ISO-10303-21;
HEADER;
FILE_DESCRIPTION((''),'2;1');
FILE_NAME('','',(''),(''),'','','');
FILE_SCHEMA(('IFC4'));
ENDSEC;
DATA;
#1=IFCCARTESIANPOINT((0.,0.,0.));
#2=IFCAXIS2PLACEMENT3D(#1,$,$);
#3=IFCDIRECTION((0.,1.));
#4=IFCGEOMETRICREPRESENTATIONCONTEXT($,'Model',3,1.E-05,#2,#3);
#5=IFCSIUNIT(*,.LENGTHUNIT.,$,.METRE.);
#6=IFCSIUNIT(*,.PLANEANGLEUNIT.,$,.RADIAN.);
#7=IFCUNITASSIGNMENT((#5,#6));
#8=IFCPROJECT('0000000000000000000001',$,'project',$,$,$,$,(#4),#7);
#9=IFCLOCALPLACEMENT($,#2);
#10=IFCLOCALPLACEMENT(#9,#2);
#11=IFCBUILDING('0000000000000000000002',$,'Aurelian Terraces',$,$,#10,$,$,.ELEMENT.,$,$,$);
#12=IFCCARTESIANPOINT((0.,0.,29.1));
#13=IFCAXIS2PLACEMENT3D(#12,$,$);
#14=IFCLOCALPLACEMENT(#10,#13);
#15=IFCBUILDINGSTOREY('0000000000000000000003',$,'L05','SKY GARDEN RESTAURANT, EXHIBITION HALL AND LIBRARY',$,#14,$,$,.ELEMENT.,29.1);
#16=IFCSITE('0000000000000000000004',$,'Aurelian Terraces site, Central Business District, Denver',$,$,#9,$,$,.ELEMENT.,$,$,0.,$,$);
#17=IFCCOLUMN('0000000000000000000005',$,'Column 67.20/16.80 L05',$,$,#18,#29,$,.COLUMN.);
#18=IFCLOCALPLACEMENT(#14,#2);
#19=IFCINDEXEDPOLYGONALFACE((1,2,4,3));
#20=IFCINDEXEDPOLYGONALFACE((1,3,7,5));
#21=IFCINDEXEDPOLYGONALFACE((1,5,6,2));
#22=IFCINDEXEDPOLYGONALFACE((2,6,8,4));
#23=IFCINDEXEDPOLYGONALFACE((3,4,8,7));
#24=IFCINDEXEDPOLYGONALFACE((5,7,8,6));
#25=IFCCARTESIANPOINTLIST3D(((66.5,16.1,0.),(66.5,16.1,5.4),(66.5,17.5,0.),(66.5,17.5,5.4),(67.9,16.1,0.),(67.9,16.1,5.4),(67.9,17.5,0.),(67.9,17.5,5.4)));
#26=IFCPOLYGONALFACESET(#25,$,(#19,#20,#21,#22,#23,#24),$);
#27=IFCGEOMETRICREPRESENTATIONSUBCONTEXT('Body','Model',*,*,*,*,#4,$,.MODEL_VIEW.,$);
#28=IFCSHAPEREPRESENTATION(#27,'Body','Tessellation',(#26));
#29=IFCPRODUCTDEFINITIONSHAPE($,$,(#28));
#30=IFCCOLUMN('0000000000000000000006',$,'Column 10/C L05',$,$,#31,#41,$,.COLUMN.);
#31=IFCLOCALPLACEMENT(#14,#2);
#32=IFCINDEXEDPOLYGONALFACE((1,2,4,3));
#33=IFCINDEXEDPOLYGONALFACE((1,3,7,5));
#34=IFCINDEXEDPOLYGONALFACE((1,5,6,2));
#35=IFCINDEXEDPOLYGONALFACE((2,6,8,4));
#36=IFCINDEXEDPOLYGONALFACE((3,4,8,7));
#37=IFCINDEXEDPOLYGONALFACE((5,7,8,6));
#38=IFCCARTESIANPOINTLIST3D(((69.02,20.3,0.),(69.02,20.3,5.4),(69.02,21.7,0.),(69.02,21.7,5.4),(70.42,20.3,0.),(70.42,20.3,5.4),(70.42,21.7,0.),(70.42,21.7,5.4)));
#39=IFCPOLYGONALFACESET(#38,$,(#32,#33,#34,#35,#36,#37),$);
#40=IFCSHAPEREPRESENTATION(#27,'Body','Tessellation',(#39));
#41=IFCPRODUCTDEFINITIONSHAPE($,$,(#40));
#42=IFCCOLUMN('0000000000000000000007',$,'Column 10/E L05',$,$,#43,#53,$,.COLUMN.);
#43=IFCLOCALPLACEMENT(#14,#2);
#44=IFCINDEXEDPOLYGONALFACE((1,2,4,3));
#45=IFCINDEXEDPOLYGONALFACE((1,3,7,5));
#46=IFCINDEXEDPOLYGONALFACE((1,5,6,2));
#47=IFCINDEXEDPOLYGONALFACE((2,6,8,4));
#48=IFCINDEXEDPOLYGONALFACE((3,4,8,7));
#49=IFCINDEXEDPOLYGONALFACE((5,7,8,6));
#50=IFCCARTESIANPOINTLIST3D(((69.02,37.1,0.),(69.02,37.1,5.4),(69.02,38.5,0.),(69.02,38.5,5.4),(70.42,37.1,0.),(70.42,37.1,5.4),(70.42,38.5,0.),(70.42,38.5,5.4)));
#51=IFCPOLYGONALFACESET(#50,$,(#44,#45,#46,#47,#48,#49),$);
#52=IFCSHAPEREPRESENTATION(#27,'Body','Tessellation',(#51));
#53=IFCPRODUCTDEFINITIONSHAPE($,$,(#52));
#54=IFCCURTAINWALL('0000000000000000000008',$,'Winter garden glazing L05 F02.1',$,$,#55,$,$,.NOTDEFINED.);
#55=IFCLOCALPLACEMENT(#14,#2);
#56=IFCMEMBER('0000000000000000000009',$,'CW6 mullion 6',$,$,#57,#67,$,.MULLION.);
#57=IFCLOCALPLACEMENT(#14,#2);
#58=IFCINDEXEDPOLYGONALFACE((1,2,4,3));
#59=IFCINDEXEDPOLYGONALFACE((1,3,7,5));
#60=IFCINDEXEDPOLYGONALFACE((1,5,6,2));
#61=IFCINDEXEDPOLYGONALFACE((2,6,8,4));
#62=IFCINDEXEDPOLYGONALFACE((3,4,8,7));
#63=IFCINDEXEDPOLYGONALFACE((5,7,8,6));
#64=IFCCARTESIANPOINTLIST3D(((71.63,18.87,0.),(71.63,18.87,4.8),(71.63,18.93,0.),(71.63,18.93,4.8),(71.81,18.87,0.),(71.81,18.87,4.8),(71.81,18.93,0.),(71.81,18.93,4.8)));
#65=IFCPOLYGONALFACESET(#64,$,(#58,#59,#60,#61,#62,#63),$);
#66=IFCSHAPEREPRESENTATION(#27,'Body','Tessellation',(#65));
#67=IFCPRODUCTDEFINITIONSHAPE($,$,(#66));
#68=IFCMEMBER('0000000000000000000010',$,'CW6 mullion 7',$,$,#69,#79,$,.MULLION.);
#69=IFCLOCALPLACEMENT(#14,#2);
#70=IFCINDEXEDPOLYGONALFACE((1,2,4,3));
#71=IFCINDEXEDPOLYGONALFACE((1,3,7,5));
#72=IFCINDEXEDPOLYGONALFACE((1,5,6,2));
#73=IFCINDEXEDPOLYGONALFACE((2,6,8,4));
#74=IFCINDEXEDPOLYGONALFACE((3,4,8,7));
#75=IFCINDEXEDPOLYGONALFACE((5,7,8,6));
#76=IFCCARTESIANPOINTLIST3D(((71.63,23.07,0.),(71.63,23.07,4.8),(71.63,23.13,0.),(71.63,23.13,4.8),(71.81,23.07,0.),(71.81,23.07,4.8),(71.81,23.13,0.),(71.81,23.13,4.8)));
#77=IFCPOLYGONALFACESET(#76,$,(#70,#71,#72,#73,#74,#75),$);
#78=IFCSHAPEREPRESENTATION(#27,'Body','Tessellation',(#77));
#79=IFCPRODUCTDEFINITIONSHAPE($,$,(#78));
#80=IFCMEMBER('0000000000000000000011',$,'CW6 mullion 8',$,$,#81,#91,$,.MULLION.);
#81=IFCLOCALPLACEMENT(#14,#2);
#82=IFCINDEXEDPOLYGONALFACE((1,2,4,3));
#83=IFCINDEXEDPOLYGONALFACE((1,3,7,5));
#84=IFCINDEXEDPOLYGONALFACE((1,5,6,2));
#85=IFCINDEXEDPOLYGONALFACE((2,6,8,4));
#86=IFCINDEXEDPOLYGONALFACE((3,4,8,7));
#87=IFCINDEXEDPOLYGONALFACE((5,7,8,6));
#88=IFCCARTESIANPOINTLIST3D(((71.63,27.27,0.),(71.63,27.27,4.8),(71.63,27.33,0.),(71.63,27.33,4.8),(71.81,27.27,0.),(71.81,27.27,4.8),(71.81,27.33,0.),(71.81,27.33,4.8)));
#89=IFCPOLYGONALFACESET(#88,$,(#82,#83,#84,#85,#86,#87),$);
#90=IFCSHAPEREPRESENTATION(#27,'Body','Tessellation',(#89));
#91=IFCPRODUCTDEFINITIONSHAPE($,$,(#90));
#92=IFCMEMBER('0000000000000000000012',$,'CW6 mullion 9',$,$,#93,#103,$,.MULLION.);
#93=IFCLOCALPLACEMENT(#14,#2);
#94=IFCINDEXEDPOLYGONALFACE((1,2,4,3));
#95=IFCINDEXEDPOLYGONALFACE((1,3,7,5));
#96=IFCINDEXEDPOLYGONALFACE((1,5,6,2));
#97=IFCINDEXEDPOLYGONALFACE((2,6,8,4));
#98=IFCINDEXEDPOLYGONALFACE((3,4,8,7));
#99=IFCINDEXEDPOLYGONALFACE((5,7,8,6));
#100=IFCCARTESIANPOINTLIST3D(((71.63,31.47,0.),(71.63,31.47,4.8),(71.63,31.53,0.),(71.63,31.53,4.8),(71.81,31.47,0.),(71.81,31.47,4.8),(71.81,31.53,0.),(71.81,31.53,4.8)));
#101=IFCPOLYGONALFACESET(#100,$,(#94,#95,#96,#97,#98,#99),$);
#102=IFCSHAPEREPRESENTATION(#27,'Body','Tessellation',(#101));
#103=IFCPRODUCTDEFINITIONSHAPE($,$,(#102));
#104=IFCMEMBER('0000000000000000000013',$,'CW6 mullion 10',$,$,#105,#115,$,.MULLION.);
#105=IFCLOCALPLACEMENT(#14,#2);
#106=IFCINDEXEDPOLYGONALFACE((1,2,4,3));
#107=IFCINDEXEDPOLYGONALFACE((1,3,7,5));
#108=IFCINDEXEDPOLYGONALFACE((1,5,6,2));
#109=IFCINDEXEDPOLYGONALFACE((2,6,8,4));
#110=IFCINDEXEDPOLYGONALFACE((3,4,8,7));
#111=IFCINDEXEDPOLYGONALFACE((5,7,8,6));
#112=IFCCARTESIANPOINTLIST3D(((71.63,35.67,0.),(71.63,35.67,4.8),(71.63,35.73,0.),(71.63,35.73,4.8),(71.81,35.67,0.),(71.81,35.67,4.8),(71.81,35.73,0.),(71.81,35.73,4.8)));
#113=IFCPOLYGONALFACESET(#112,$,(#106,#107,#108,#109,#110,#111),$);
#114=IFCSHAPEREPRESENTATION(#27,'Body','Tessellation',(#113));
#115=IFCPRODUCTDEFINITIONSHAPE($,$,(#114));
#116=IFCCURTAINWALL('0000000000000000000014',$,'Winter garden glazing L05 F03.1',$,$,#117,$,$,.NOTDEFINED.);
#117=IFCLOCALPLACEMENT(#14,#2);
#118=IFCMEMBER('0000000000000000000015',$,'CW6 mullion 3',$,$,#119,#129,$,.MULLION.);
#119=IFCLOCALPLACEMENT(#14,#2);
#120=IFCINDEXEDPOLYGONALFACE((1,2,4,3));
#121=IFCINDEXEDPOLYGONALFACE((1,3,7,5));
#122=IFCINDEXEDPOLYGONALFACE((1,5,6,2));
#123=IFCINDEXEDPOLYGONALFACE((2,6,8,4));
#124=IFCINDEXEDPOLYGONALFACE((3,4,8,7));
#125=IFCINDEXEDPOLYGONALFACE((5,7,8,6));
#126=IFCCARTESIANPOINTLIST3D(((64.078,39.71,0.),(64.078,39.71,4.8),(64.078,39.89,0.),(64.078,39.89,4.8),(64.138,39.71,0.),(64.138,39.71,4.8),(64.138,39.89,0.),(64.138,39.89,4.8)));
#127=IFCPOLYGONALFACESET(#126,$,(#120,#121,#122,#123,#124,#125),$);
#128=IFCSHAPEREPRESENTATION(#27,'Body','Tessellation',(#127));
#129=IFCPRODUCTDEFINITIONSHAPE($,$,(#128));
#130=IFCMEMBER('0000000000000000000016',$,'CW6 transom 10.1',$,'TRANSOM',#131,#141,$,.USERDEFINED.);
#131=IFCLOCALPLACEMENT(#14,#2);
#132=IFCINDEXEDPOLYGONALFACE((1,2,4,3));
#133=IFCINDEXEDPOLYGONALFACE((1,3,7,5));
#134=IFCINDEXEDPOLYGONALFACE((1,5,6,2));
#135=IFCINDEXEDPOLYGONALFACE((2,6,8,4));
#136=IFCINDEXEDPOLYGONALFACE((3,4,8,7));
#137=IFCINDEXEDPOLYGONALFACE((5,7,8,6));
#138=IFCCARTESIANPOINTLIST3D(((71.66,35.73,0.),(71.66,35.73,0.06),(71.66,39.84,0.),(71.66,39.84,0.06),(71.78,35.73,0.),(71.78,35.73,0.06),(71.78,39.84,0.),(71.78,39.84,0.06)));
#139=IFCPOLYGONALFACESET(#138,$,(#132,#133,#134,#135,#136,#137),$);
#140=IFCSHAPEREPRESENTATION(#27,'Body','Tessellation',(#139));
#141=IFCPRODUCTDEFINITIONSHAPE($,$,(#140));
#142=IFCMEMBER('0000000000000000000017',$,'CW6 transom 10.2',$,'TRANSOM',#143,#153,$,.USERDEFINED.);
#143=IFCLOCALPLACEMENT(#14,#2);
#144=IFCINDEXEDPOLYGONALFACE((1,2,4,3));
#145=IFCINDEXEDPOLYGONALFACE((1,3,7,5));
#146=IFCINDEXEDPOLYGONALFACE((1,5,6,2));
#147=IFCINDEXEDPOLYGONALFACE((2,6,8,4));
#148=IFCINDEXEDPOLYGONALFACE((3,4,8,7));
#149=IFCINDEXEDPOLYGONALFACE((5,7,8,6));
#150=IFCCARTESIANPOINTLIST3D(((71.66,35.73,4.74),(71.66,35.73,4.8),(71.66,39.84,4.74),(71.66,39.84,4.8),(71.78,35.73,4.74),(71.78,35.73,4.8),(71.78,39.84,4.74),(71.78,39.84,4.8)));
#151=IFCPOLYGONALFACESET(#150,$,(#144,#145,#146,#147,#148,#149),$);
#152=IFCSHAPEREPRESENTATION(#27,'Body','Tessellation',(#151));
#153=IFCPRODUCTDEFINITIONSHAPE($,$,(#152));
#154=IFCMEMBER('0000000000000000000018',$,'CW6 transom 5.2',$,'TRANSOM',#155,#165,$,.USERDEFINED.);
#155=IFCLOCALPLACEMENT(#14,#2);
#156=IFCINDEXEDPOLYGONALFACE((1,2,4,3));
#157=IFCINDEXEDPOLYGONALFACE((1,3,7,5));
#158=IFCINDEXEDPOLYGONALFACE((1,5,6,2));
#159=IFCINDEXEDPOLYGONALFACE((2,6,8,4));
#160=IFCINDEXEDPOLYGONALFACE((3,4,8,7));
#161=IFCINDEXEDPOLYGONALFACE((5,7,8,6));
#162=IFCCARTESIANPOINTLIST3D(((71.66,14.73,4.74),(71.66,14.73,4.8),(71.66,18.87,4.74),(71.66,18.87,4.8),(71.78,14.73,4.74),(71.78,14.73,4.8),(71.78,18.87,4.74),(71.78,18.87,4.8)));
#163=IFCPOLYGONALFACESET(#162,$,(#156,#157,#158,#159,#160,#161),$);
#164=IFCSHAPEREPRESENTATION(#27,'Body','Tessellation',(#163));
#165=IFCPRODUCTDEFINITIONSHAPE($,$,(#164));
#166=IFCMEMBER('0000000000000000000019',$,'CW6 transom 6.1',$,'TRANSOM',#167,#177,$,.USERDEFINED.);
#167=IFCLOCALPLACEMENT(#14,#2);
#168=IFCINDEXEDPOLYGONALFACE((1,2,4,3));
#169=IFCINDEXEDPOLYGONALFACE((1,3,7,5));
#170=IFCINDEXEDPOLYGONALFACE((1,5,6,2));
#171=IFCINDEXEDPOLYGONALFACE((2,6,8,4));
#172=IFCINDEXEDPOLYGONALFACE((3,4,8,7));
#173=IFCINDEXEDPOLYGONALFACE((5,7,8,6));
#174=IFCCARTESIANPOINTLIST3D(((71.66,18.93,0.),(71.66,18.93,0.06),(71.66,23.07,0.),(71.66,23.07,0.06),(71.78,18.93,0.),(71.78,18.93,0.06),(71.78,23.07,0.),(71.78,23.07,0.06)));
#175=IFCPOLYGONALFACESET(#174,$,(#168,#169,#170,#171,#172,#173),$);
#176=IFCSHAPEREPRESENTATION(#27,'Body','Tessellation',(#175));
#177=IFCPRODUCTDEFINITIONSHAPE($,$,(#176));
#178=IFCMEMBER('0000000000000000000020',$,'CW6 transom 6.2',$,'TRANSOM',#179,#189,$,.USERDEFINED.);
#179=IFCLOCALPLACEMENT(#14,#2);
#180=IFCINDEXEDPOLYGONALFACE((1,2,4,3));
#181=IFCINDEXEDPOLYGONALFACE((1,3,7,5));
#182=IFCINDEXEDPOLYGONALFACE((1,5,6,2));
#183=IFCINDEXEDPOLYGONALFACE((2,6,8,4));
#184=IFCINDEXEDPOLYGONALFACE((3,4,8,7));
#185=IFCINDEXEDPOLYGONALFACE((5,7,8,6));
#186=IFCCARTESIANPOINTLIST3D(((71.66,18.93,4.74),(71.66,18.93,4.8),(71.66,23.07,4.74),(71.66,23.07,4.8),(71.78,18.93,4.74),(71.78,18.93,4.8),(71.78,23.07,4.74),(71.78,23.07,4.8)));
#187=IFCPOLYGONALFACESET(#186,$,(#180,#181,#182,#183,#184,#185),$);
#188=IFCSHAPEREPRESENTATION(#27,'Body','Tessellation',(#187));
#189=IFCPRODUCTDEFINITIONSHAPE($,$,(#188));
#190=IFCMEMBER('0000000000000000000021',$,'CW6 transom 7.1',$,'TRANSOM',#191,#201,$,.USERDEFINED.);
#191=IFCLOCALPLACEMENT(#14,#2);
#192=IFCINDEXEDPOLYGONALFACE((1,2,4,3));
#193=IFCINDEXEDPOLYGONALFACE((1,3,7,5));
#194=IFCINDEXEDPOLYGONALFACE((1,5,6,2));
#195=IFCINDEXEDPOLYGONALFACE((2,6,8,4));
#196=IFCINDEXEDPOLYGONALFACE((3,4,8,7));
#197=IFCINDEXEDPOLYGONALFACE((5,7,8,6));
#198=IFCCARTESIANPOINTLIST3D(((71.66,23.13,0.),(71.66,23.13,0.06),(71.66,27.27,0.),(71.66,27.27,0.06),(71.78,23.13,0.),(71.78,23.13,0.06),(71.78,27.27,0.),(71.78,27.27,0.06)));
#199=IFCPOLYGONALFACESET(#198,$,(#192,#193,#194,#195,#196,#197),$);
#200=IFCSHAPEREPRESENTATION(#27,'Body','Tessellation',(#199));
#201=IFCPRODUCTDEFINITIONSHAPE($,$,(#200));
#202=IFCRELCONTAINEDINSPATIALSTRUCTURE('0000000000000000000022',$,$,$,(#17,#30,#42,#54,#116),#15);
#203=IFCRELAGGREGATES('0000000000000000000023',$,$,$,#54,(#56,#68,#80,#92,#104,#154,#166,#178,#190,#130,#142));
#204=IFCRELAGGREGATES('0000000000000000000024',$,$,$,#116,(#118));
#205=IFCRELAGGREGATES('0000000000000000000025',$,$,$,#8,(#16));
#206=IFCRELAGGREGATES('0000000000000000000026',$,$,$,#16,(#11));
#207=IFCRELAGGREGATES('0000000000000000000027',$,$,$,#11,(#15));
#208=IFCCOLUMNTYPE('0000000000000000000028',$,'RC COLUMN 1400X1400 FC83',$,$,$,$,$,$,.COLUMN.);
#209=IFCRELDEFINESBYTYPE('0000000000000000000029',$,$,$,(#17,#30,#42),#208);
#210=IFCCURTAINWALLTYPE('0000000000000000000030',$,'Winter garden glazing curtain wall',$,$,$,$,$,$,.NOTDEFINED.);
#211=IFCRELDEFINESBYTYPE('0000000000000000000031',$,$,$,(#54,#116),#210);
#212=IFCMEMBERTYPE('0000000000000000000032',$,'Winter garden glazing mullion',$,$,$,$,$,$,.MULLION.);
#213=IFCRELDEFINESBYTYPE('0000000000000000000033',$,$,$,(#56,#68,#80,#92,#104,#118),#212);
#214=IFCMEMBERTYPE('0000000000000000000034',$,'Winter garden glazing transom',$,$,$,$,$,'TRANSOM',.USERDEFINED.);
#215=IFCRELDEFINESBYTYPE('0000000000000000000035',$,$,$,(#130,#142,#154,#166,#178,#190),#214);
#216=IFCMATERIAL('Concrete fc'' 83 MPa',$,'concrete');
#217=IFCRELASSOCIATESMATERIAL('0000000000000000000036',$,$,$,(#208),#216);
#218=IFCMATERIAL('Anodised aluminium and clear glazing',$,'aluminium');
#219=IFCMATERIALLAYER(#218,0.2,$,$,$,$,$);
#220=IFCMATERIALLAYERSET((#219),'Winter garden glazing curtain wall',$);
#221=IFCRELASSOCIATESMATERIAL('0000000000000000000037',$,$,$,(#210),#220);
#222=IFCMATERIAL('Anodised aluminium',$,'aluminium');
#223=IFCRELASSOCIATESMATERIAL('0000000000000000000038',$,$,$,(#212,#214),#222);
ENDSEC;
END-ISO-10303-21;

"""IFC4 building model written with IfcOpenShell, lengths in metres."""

from ifc_helpers import new_model, si_unit, direction, frame, origin, origin_2d, place, context, subcontext, project, spatial, rectangle, extrude, source, transform, mapped, material, layer, layer_set, material_profile, profile_set, type_object, element, aggregate, save


model = new_model("IFC4")

# Units and contexts
model_context = context("Model", 3, precision=1e-05, world=origin(), true_north=direction((0.0, 1.0)))
body_context = subcontext(model_context, "Body", "Model", "MODEL_VIEW")
ifc_project = project(units=[si_unit("LENGTHUNIT", "METRE"), si_unit("PLANEANGLEUNIT", "RADIAN")], contexts=[model_context])

# Site, building, storey
site_placement = place(None, origin())
site = spatial("IfcSite", under=ifc_project, at=site_placement, Name="Aurelian Terraces site, Central Business District, Denver", CompositionType="ELEMENT", RefElevation=0.0)
building_placement = place(site_placement, origin())
building = spatial("IfcBuilding", under=site, at=building_placement, Name="Aurelian Terraces", CompositionType="ELEMENT")
storey_placement = place(building_placement, frame((0.0, 0.0, 29.1)))
storey = spatial("IfcBuildingStorey", under=building, at=storey_placement, Name="L05", Description="SKY GARDEN RESTAURANT, EXHIBITION HALL AND LIBRARY", CompositionType="ELEMENT", Elevation=29.1)

# Columns
ifc_material_1 = material(Name="Concrete fc' 83 MPa", Category="concrete")
ifc_material_profile_1 = material_profile(ifc_material_1, rectangle(XDim=1.4, YDim=1.4, at=origin_2d()))
ifc_profile_set_1 = profile_set([ifc_material_profile_1], Name="Concrete fc' 83 MPa")
column_type = type_object("IfcColumnType", Name="RC COLUMN 1400X1400 FC83", PredefinedType="COLUMN", material=ifc_profile_set_1)
shared_shape_1 = source(origin(), body_context, "Body", "SweptSolid", [
    extrude(rectangle(XDim=1.4, YDim=1.4, at=origin_2d()), origin(), (0.0, 0.0, 1.0), 5.4),
])
for number, where, z_axis, x_axis, name in (
    (1, (67.2, 16.8, 0.0), (0.0, 0.0, 1.0), (1.0, 0.0, 0.0), "Column 67.20/16.80 L05"),
    (2, (69.72, 21.0, 0.0), (0.0, 0.0, 1.0), (1.0, 0.0, 0.0), "Column 10/C L05"),
    (3, (69.72, 37.8, 0.0), (0.0, 0.0, 1.0), (1.0, 0.0, 0.0), "Column 10/E L05"),
):
    element("IfcColumn", number, at=place(storey_placement, frame(where, z_axis=z_axis, x_axis=x_axis)), inside=storey, type_object=column_type, Name=name, PredefinedType="COLUMN", context=body_context, shape_type="MappedRepresentation", body=[
        mapped(shared_shape_1, transform((0.0, 0.0, 0.0), scale=1.0)),
    ])

# Curtain wall, members
ifc_material_2 = material(Name="Anodised aluminium and clear glazing", Category="aluminium")
ifc_layer_1 = layer(ifc_material_2, 0.2)
ifc_layer_set_1 = layer_set([ifc_layer_1], Name="Winter garden glazing curtain wall")
curtain_wall_type = type_object("IfcCurtainWallType", Name="Winter garden glazing curtain wall", PredefinedType="NOTDEFINED", material=ifc_layer_set_1)
curtain_wall_1_placement = place(storey_placement, origin())
curtain_wall_1 = element("IfcCurtainWall", 4, at=curtain_wall_1_placement, inside=storey, type_object=curtain_wall_type, Name="Winter garden glazing L05 F02.1", PredefinedType="NOTDEFINED")
ifc_material_3 = material(Name="Anodised aluminium", Category="aluminium")
ifc_material_profile_2 = material_profile(ifc_material_3, rectangle(XDim=0.18, YDim=0.06, at=origin_2d()))
ifc_profile_set_2 = profile_set([ifc_material_profile_2], Name="Anodised aluminium")
member_type_1 = type_object("IfcMemberType", Name="Winter garden glazing mullion", PredefinedType="MULLION", material=ifc_profile_set_2)
shared_shape_2 = source(origin(), body_context, "Body", "SweptSolid", [
    extrude(rectangle(XDim=0.18, YDim=0.06, at=origin_2d()), origin(), (0.0, 0.0, 1.0), 4.8),
])
member_1_placement = place(storey_placement, frame((71.72, 18.9, 0.0), z_axis=(0.0, 0.0, 1.0), x_axis=(-1.0, 0.0, 0.0)))
member_1 = element("IfcMember", 5, at=member_1_placement, type_object=member_type_1, Name="CW6 mullion 6", PredefinedType="MULLION", context=body_context, shape_type="MappedRepresentation", body=[
    mapped(shared_shape_2, transform((0.0, 0.0, 0.0), scale=1.0)),
])
member_2_placement = place(storey_placement, frame((71.72, 23.1, 0.0), z_axis=(0.0, 0.0, 1.0), x_axis=(-1.0, 0.0, 0.0)))
member_2 = element("IfcMember", 6, at=member_2_placement, type_object=member_type_1, Name="CW6 mullion 7", PredefinedType="MULLION", context=body_context, shape_type="MappedRepresentation", body=[
    mapped(shared_shape_2, transform((0.0, 0.0, 0.0), scale=1.0)),
])
member_3_placement = place(storey_placement, frame((71.72, 27.3, 0.0), z_axis=(0.0, 0.0, 1.0), x_axis=(-1.0, 0.0, 0.0)))
member_3 = element("IfcMember", 7, at=member_3_placement, type_object=member_type_1, Name="CW6 mullion 8", PredefinedType="MULLION", context=body_context, shape_type="MappedRepresentation", body=[
    mapped(shared_shape_2, transform((0.0, 0.0, 0.0), scale=1.0)),
])
member_4_placement = place(storey_placement, frame((71.72, 31.5, 0.0), z_axis=(0.0, 0.0, 1.0), x_axis=(-1.0, 0.0, 0.0)))
member_4 = element("IfcMember", 8, at=member_4_placement, type_object=member_type_1, Name="CW6 mullion 9", PredefinedType="MULLION", context=body_context, shape_type="MappedRepresentation", body=[
    mapped(shared_shape_2, transform((0.0, 0.0, 0.0), scale=1.0)),
])
member_5_placement = place(storey_placement, frame((71.72, 35.7, 0.0), z_axis=(0.0, 0.0, 1.0), x_axis=(-1.0, 0.0, 0.0)))
member_5 = element("IfcMember", 9, at=member_5_placement, type_object=member_type_1, Name="CW6 mullion 10", PredefinedType="MULLION", context=body_context, shape_type="MappedRepresentation", body=[
    mapped(shared_shape_2, transform((0.0, 0.0, 0.0), scale=1.0)),
])

# Curtain wall, member
curtain_wall_2_placement = place(storey_placement, origin())
curtain_wall_2 = element("IfcCurtainWall", 10, at=curtain_wall_2_placement, inside=storey, type_object=curtain_wall_type, Name="Winter garden glazing L05 F03.1", PredefinedType="NOTDEFINED")
member_6_placement = place(storey_placement, frame((64.108, 39.8, 0.0), z_axis=(0.0, 0.0, 1.0), x_axis=(0.0, -1.0, 0.0)))
member_6 = element("IfcMember", 11, at=member_6_placement, type_object=member_type_1, Name="CW6 mullion 3", PredefinedType="MULLION", context=body_context, shape_type="MappedRepresentation", body=[
    mapped(shared_shape_2, transform((0.0, 0.0, 0.0), scale=1.0)),
])

# Members
ifc_material_profile_3 = material_profile(ifc_material_3, rectangle(XDim=0.12, YDim=0.06, at=origin_2d()))
ifc_profile_set_3 = profile_set([ifc_material_profile_3], Name="Anodised aluminium")
member_type_2 = type_object("IfcMemberType", Name="Winter garden glazing transom", ElementType="TRANSOM", PredefinedType="USERDEFINED", material=ifc_profile_set_3)
shared_shape_3 = source(origin(), body_context, "Body", "SweptSolid", [
    extrude(rectangle(XDim=0.12, YDim=0.06, at=origin_2d()), origin(), (0.0, 0.0, 1.0), 4.11),
])
member_7_placement = place(storey_placement, frame((71.72, 35.73, 0.03), z_axis=(0.0, 1.0, 0.0), x_axis=(-1.0, 0.0, 0.0)))
member_7 = element("IfcMember", 12, at=member_7_placement, type_object=member_type_2, Name="CW6 transom 10.1", ObjectType="TRANSOM", PredefinedType="USERDEFINED", context=body_context, shape_type="MappedRepresentation", body=[
    mapped(shared_shape_3, transform((0.0, 0.0, 0.0), scale=1.0)),
])
member_8_placement = place(storey_placement, frame((71.72, 35.73, 4.77), z_axis=(0.0, 1.0, 0.0), x_axis=(-1.0, 0.0, 0.0)))
member_8 = element("IfcMember", 13, at=member_8_placement, type_object=member_type_2, Name="CW6 transom 10.2", ObjectType="TRANSOM", PredefinedType="USERDEFINED", context=body_context, shape_type="MappedRepresentation", body=[
    mapped(shared_shape_3, transform((0.0, 0.0, 0.0), scale=1.0)),
])
shared_shape_4 = source(origin(), body_context, "Body", "SweptSolid", [
    extrude(rectangle(XDim=0.12, YDim=0.06, at=origin_2d()), origin(), (0.0, 0.0, 1.0), 4.14),
])
member_9_placement = place(storey_placement, frame((71.72, 14.73, 4.77), z_axis=(0.0, 1.0, 0.0), x_axis=(-1.0, 0.0, 0.0)))
member_9 = element("IfcMember", 14, at=member_9_placement, type_object=member_type_2, Name="CW6 transom 5.2", ObjectType="TRANSOM", PredefinedType="USERDEFINED", context=body_context, shape_type="MappedRepresentation", body=[
    mapped(shared_shape_4, transform((0.0, 0.0, 0.0), scale=1.0)),
])
member_10_placement = place(storey_placement, frame((71.72, 18.93, 0.03), z_axis=(0.0, 1.0, 0.0), x_axis=(-1.0, 0.0, 0.0)))
member_10 = element("IfcMember", 15, at=member_10_placement, type_object=member_type_2, Name="CW6 transom 6.1", ObjectType="TRANSOM", PredefinedType="USERDEFINED", context=body_context, shape_type="MappedRepresentation", body=[
    mapped(shared_shape_4, transform((0.0, 0.0, 0.0), scale=1.0)),
])
member_11_placement = place(storey_placement, frame((71.72, 18.93, 4.77), z_axis=(0.0, 1.0, 0.0), x_axis=(-1.0, 0.0, 0.0)))
member_11 = element("IfcMember", 16, at=member_11_placement, type_object=member_type_2, Name="CW6 transom 6.2", ObjectType="TRANSOM", PredefinedType="USERDEFINED", context=body_context, shape_type="MappedRepresentation", body=[
    mapped(shared_shape_4, transform((0.0, 0.0, 0.0), scale=1.0)),
])
member_12_placement = place(storey_placement, frame((71.72, 23.13, 0.03), z_axis=(0.0, 1.0, 0.0), x_axis=(-1.0, 0.0, 0.0)))
member_12 = element("IfcMember", 17, at=member_12_placement, type_object=member_type_2, Name="CW6 transom 7.1", ObjectType="TRANSOM", PredefinedType="USERDEFINED", context=body_context, shape_type="MappedRepresentation", body=[
    mapped(shared_shape_4, transform((0.0, 0.0, 0.0), scale=1.0)),
])

aggregate(curtain_wall_1, [member_1, member_2, member_3, member_4, member_5, member_9, member_10, member_11, member_12, member_7, member_8])
aggregate(curtain_wall_2, [member_6])

save(model, "model.ifc")
